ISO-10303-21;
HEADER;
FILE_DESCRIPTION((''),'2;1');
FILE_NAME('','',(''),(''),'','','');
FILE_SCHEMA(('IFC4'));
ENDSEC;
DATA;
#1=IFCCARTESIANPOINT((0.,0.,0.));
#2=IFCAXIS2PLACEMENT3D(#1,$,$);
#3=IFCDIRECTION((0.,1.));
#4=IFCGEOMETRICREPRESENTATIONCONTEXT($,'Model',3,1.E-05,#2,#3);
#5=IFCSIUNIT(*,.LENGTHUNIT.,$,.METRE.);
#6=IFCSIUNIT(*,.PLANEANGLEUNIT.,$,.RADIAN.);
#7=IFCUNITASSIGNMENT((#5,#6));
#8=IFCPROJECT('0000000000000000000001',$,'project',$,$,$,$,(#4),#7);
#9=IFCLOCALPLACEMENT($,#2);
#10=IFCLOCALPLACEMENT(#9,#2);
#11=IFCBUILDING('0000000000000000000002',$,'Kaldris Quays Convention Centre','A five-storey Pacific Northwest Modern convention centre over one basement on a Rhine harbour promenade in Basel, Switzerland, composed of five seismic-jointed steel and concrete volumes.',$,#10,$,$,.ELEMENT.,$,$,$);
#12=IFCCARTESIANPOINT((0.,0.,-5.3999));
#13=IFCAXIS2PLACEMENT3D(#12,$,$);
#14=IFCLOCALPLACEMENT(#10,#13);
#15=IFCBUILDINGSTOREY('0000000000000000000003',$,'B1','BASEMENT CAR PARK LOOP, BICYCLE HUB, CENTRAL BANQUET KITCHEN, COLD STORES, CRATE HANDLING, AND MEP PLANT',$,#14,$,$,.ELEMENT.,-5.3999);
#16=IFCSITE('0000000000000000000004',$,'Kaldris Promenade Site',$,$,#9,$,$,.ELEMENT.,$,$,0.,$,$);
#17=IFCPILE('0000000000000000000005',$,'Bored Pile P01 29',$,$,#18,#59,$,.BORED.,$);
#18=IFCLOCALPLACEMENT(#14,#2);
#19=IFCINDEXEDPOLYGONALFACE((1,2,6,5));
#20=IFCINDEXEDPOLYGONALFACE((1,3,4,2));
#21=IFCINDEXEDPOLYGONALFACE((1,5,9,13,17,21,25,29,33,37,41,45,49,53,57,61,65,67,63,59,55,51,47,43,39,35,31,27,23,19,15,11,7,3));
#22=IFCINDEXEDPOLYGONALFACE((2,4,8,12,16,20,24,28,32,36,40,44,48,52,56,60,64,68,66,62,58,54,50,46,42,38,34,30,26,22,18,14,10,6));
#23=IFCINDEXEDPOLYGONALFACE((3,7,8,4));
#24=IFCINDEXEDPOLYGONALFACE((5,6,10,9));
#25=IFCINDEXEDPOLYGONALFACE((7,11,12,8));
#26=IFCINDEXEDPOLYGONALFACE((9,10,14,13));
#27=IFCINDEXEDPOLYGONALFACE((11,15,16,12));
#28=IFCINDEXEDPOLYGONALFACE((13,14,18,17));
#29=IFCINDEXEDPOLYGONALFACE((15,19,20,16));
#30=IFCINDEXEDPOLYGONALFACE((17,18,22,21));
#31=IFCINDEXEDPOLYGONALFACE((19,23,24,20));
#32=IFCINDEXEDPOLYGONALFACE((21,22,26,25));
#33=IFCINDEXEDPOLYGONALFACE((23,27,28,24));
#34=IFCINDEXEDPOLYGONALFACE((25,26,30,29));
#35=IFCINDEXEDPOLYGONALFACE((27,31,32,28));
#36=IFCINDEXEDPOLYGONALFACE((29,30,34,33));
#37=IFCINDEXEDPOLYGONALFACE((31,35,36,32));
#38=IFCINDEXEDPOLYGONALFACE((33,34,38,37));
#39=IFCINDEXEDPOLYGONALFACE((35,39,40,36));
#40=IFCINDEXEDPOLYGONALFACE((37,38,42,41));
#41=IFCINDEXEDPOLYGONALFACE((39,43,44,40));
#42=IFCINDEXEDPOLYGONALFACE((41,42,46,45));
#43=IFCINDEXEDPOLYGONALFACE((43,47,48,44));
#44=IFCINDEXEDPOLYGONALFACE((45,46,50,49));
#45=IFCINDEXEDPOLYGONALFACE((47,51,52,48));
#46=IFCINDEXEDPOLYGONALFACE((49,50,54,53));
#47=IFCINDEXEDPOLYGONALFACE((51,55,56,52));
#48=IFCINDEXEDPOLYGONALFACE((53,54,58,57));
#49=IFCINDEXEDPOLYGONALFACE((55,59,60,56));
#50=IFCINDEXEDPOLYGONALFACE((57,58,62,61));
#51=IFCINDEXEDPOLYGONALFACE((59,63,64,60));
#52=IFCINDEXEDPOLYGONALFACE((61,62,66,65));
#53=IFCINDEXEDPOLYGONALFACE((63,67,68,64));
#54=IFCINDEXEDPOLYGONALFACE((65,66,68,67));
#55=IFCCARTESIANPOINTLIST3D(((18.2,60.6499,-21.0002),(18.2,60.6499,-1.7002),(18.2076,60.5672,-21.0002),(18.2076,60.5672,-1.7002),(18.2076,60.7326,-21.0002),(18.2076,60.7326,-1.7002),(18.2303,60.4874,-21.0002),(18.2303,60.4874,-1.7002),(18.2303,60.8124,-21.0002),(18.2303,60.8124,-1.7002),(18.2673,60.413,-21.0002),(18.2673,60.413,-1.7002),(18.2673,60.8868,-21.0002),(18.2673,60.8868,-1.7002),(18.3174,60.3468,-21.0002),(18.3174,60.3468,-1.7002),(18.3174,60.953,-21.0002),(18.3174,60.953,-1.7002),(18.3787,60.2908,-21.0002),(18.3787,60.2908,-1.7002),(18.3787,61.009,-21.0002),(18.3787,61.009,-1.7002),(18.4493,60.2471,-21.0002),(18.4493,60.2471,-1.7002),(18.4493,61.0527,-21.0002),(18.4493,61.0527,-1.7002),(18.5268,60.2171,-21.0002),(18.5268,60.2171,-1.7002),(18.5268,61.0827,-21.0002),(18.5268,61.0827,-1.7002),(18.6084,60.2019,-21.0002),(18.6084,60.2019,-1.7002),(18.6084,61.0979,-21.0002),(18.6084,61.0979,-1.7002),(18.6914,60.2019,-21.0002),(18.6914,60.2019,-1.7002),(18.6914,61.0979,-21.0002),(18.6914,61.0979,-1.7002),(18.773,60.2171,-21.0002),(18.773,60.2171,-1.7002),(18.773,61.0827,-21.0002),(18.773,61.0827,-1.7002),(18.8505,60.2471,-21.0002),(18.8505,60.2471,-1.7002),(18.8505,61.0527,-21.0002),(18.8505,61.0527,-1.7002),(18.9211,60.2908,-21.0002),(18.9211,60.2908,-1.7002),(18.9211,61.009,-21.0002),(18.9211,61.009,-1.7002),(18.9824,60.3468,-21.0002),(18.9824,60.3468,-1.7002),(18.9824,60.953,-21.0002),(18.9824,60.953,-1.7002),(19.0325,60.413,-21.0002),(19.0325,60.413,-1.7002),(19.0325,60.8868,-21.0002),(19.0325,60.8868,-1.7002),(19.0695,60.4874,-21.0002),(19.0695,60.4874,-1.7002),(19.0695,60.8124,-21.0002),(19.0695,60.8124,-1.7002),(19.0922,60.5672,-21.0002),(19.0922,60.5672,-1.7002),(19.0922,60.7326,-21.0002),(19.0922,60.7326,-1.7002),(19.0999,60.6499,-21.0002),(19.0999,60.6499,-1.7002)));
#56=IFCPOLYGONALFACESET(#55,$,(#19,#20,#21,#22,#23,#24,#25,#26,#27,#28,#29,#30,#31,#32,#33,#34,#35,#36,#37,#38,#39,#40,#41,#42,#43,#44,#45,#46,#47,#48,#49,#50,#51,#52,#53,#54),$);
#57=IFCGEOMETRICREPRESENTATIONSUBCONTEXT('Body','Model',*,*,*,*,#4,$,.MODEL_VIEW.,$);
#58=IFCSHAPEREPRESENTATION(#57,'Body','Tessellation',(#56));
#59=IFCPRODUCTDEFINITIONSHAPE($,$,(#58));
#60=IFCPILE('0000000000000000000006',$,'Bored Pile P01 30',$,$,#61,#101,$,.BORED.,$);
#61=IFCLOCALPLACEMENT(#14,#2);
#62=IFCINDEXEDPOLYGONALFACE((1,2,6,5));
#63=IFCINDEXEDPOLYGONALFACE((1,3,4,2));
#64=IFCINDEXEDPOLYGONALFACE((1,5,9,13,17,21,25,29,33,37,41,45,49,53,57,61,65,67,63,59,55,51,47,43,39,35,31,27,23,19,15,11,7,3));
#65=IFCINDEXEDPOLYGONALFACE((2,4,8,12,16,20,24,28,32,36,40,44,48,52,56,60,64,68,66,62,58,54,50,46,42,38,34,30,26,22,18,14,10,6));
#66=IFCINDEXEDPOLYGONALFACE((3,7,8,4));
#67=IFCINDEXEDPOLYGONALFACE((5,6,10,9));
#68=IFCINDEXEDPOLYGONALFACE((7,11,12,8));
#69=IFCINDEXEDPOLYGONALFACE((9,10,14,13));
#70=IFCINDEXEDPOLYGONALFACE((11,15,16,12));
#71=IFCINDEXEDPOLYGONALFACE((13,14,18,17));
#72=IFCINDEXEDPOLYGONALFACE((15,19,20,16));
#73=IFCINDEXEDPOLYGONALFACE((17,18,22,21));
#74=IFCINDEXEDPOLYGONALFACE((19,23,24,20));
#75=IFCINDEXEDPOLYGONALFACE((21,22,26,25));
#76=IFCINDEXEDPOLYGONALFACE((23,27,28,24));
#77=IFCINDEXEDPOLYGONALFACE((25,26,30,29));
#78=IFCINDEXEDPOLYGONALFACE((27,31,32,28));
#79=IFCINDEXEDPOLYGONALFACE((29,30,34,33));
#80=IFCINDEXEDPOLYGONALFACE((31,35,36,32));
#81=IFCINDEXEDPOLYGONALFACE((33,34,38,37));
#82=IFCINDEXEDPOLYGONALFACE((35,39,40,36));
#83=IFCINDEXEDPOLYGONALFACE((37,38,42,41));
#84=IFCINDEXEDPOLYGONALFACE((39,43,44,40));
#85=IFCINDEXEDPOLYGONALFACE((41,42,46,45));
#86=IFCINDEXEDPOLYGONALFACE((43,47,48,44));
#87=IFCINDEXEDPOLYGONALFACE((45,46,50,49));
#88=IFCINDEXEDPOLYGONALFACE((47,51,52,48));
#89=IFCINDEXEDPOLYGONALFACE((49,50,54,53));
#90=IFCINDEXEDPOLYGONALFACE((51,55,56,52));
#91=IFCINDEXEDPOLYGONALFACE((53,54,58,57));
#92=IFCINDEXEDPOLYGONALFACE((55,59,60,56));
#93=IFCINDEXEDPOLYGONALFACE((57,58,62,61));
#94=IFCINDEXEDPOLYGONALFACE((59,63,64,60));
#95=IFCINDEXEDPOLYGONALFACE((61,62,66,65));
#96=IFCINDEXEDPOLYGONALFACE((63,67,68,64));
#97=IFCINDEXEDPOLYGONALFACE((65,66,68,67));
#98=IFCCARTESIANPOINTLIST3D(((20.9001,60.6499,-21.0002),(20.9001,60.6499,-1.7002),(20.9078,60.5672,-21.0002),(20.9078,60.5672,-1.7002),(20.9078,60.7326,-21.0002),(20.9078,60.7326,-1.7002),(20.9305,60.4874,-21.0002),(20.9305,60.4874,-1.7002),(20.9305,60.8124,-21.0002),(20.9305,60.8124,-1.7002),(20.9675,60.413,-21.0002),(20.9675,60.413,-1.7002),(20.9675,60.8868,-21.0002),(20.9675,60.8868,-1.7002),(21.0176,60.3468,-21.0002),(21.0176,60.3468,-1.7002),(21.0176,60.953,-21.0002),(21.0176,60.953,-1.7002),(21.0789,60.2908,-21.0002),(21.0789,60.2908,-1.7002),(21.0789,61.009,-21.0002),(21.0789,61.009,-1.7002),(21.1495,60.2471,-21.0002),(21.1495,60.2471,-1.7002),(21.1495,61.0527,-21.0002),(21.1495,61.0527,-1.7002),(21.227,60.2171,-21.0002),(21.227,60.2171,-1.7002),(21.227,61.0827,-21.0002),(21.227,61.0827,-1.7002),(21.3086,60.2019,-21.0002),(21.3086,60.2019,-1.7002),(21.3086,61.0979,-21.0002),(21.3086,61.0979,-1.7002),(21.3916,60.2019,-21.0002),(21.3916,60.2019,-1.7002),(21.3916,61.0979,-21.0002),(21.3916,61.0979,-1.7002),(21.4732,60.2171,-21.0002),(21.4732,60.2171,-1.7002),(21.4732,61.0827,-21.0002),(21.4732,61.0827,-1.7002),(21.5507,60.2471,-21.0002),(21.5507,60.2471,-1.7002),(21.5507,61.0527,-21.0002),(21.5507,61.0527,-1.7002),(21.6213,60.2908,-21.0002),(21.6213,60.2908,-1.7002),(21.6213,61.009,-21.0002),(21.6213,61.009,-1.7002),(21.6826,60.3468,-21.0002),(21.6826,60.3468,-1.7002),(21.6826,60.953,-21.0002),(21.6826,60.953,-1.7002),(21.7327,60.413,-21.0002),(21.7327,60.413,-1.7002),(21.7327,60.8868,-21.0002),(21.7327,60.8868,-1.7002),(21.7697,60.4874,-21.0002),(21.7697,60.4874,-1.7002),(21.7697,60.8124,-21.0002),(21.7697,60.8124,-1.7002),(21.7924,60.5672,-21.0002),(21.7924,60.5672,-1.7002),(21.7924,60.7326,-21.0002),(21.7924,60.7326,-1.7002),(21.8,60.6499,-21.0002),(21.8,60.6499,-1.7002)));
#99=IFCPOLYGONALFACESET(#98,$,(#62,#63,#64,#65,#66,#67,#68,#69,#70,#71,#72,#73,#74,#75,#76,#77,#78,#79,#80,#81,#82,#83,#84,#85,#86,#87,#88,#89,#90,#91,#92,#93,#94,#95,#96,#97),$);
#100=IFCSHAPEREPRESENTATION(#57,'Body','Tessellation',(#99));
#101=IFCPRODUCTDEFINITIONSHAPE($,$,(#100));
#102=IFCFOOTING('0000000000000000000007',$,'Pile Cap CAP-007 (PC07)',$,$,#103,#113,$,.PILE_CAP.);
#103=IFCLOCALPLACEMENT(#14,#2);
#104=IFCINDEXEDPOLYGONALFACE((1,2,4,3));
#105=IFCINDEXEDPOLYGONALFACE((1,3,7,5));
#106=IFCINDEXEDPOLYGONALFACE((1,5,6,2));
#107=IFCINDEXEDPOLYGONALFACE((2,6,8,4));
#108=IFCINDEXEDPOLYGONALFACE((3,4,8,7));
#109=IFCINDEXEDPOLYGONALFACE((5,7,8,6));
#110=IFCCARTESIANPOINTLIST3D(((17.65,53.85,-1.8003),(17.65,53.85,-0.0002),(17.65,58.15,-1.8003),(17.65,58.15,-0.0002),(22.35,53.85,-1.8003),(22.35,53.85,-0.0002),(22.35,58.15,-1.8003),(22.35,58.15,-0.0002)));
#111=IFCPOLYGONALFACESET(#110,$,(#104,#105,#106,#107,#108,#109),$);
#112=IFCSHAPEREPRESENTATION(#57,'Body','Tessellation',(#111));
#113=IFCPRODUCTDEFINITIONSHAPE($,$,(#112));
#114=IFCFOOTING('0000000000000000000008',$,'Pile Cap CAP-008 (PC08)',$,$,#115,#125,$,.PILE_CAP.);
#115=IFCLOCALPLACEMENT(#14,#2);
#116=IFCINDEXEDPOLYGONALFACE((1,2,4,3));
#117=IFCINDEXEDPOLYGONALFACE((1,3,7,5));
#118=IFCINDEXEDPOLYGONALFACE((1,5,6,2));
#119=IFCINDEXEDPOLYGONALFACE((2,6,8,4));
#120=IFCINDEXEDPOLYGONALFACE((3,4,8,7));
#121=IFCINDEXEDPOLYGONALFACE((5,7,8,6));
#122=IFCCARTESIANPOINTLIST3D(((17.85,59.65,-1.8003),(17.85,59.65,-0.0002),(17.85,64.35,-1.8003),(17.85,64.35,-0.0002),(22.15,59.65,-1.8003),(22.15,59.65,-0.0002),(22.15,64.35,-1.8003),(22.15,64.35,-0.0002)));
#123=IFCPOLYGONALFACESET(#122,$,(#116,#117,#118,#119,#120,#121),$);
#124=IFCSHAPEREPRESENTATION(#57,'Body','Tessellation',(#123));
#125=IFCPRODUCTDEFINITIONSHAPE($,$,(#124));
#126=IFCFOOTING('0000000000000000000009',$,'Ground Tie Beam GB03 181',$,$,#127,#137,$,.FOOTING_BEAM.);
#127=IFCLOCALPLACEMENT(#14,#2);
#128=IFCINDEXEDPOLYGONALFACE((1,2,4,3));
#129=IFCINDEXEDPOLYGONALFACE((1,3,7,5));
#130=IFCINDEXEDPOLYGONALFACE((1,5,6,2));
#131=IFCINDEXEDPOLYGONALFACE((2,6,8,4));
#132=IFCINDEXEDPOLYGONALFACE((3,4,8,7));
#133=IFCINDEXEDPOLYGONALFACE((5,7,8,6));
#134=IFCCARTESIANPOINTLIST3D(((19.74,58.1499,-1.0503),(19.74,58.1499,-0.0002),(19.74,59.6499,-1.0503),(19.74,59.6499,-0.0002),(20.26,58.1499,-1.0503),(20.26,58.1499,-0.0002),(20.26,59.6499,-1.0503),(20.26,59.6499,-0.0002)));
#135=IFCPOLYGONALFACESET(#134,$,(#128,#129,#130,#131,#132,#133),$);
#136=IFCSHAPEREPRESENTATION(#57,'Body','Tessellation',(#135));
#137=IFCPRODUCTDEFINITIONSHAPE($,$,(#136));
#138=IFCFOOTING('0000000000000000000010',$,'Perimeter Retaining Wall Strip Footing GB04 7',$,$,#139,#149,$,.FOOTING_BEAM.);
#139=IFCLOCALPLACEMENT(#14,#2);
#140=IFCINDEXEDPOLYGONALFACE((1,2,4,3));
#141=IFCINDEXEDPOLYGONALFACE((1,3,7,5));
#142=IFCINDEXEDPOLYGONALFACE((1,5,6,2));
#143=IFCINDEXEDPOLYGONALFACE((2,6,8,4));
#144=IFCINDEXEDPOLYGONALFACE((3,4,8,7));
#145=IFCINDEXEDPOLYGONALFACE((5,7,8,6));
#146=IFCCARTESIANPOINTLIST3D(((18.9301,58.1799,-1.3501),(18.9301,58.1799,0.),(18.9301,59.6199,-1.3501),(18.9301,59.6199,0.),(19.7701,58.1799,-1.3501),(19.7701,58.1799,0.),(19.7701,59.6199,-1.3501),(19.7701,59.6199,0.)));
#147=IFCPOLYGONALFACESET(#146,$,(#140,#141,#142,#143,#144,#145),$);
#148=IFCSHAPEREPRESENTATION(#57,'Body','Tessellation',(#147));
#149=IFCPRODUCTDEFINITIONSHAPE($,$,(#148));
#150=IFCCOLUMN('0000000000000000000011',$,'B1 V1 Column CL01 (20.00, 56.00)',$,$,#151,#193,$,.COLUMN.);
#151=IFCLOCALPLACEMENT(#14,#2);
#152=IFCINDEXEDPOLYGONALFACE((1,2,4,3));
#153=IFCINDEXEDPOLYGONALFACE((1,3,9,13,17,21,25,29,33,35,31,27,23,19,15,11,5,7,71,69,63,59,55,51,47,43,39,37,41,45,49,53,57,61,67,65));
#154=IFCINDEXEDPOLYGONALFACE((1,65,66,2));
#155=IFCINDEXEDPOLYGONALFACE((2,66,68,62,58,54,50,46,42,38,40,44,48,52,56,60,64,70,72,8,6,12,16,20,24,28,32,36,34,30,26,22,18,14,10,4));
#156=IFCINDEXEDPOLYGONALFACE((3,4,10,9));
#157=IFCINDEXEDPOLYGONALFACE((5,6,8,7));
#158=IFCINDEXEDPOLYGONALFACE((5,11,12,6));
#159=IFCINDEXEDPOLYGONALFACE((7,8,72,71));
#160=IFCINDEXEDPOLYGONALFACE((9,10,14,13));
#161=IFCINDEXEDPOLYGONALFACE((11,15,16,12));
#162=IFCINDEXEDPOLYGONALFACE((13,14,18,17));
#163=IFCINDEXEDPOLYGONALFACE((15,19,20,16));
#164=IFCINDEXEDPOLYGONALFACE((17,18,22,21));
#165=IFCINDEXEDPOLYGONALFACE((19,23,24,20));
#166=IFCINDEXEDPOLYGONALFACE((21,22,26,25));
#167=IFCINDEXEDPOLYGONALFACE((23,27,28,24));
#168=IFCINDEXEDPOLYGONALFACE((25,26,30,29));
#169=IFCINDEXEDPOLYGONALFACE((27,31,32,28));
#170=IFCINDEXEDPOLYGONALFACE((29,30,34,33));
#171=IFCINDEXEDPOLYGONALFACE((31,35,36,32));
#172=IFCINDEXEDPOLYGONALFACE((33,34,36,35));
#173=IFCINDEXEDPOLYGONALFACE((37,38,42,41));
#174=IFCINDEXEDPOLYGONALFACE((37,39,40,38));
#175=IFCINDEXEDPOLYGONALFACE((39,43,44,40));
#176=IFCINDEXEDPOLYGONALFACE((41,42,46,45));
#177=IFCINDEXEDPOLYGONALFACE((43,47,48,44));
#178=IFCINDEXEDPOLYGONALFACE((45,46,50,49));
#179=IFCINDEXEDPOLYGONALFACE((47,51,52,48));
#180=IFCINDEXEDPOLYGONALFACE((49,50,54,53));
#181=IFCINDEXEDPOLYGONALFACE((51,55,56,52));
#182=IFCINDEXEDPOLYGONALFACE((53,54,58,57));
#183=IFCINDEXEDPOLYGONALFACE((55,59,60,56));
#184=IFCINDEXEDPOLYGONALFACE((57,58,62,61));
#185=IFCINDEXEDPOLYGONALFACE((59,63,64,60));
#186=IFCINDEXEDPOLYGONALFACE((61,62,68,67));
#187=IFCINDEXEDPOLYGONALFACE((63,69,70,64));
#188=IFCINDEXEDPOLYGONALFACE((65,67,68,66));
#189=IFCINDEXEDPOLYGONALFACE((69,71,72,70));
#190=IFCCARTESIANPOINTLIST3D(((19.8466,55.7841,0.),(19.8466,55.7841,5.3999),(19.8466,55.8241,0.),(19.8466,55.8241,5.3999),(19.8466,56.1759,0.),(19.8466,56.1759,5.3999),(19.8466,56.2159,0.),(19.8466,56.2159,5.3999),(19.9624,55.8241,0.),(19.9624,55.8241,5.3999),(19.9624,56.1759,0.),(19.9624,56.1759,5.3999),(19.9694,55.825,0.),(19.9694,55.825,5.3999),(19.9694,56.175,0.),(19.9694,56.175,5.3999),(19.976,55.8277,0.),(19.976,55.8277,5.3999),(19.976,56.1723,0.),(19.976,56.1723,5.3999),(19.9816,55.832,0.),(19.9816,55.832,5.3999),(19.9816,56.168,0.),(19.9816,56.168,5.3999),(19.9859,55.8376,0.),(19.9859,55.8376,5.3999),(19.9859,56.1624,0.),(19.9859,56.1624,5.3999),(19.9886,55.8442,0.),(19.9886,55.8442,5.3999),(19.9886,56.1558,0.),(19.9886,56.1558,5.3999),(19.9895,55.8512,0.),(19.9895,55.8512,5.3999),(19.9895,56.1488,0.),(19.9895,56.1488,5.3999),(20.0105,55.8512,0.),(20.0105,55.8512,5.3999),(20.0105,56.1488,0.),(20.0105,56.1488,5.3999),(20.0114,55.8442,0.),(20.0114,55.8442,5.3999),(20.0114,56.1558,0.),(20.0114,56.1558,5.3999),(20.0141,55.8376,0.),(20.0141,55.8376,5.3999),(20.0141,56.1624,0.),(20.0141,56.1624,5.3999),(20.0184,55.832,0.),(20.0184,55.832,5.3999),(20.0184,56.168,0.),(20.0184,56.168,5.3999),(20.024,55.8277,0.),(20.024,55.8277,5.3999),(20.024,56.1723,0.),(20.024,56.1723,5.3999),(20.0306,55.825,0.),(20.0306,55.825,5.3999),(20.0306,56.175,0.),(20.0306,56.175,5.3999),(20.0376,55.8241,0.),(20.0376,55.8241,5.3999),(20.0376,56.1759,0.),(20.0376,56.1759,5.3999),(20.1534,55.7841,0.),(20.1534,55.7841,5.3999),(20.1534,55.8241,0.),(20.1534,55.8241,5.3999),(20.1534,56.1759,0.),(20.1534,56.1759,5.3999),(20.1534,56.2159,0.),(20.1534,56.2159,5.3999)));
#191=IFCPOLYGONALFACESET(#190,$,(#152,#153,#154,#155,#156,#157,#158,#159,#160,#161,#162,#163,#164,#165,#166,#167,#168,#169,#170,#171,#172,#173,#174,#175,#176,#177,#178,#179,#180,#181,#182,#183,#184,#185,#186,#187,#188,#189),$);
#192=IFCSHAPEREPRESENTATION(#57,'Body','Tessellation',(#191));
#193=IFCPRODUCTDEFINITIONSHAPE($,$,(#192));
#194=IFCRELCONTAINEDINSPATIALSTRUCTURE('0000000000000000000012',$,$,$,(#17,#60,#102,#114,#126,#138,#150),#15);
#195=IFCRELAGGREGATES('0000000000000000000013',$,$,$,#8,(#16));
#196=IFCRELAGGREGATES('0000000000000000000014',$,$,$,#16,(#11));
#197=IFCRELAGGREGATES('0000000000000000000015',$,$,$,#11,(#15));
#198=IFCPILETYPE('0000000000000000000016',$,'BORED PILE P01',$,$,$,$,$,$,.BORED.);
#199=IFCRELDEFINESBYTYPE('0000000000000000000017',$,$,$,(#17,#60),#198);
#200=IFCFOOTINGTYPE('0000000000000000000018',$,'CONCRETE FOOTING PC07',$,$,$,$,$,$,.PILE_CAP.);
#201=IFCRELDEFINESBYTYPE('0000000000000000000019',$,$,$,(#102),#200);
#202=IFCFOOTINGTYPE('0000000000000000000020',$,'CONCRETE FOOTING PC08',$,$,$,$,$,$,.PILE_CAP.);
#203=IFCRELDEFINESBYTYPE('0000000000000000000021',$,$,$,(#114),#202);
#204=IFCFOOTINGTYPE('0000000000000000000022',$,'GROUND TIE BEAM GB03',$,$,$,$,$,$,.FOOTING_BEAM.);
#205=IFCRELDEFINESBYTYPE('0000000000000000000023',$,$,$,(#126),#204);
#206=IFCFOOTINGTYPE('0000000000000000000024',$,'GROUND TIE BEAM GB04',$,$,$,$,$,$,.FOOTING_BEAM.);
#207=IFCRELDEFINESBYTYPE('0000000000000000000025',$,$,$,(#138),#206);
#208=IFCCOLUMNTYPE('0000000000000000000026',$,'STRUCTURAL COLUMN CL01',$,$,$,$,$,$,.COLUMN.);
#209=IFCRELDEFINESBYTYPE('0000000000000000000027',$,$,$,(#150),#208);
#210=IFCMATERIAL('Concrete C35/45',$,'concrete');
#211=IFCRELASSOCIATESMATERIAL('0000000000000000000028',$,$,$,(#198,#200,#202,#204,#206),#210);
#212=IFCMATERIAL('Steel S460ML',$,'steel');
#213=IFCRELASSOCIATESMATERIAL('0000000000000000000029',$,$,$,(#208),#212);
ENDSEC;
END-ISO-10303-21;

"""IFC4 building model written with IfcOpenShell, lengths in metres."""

from ifc_helpers import new_model, si_unit, direction, frame, origin, origin_2d, place, context, subcontext, project, spatial, rectangle, circle, i_section, extrude, material, material_profile, profile_set, type_object, element, save


model = new_model("IFC4")

# Units and contexts
model_context = context("Model", 3, precision=1e-05, world=origin(), true_north=direction((0.0, 1.0)))
body_context = subcontext(model_context, "Body", "Model", "MODEL_VIEW")
ifc_project = project(units=[si_unit("LENGTHUNIT", "METRE"), si_unit("PLANEANGLEUNIT", "RADIAN")], contexts=[model_context])

# Site, building, storey
site_placement = place(None, origin())
site = spatial("IfcSite", under=ifc_project, at=site_placement, Name="Kaldris Promenade Site", CompositionType="ELEMENT", RefElevation=0.0)
building_placement = place(site_placement, origin())
building = spatial("IfcBuilding", under=site, at=building_placement, Name="Kaldris Quays Convention Centre", Description="A five-storey Pacific Northwest Modern convention centre over one basement on a Rhine harbour promenade in Basel, Switzerland, composed of five seismic-jointed steel and concrete volumes.", CompositionType="ELEMENT")
storey_placement = place(building_placement, frame((0.0, 0.0, -5.3999)))
storey = spatial("IfcBuildingStorey", under=building, at=storey_placement, Name="B1", Description="BASEMENT CAR PARK LOOP, BICYCLE HUB, CENTRAL BANQUET KITCHEN, COLD STORES, CRATE HANDLING, AND MEP PLANT", CompositionType="ELEMENT", Elevation=-5.3999)

# Piles
ifc_material_1 = material(Name="Concrete C35/45", Category="concrete")
ifc_material_profile_1 = material_profile(ifc_material_1, circle(Radius=0.45, at=origin_2d()), Name="BORED PILE D900")
ifc_profile_set_1 = profile_set([ifc_material_profile_1], Name="Concrete C35/45")
pile_type = type_object("IfcPileType", Name="BORED PILE P01", PredefinedType="BORED", material=ifc_profile_set_1)
for number, where, z_axis, x_axis, name in (
    (1, (18.6499, 60.6499, -1.7002), (0.0, 0.0, -1.0), (1.0, 0.0, 0.0), "Bored Pile P01 29"),
    (2, (21.3501, 60.6499, -1.7002), (0.0, 0.0, -1.0), (1.0, 0.0, 0.0), "Bored Pile P01 30"),
):
    element("IfcPile", number, at=place(storey_placement, frame(where, z_axis=z_axis, x_axis=x_axis)), inside=storey, type_object=pile_type, Name=name, PredefinedType="BORED", context=body_context, shape_type="SweptSolid", body=[
        extrude(circle(Radius=0.45, at=origin_2d()), origin(), (0.0, 0.0, 1.0), 19.3),
    ])

# Footings
footing_type_1 = type_object("IfcFootingType", Name="CONCRETE FOOTING PC07", PredefinedType="PILE_CAP", material=ifc_material_1)
footing_1_placement = place(storey_placement, frame((20.0, 56.0, -1.8003), z_axis=(0.0, 0.0, 1.0), x_axis=(1.0, 0.0, 0.0)))
element("IfcFooting", 3, at=footing_1_placement, inside=storey, type_object=footing_type_1, Name="Pile Cap CAP-007 (PC07)", PredefinedType="PILE_CAP", context=body_context, shape_type="SweptSolid", body=[
    extrude(rectangle(XDim=4.7, YDim=4.3, at=origin_2d()), origin(), (0.0, 0.0, 1.0), 1.8),
])
footing_type_2 = type_object("IfcFootingType", Name="CONCRETE FOOTING PC08", PredefinedType="PILE_CAP", material=ifc_material_1)
footing_2_placement = place(storey_placement, frame((20.0, 62.0, -1.8003), z_axis=(0.0, 0.0, 1.0), x_axis=(1.0, 0.0, 0.0)))
element("IfcFooting", 4, at=footing_2_placement, inside=storey, type_object=footing_type_2, Name="Pile Cap CAP-008 (PC08)", PredefinedType="PILE_CAP", context=body_context, shape_type="SweptSolid", body=[
    extrude(rectangle(XDim=4.3, YDim=4.7, at=origin_2d()), origin(), (0.0, 0.0, 1.0), 1.8),
])
footing_type_3 = type_object("IfcFootingType", Name="GROUND TIE BEAM GB03", PredefinedType="FOOTING_BEAM", material=ifc_material_1)
footing_3_placement = place(storey_placement, frame((20.0, 58.8999, -1.0503), z_axis=(0.0, 0.0, 1.0), x_axis=(1.0, 0.0, 0.0)))
element("IfcFooting", 5, at=footing_3_placement, inside=storey, type_object=footing_type_3, Name="Ground Tie Beam GB03 181", PredefinedType="FOOTING_BEAM", context=body_context, shape_type="SweptSolid", body=[
    extrude(rectangle(XDim=0.52, YDim=1.5, at=origin_2d()), origin(), (0.0, 0.0, 1.0), 1.05),
])
footing_type_4 = type_object("IfcFootingType", Name="GROUND TIE BEAM GB04", PredefinedType="FOOTING_BEAM", material=ifc_material_1)
footing_4_placement = place(storey_placement, frame((19.3501, 58.8999, -1.3501), z_axis=(0.0, 0.0, 1.0), x_axis=(1.0, 0.0, 0.0)))
element("IfcFooting", 6, at=footing_4_placement, inside=storey, type_object=footing_type_4, Name="Perimeter Retaining Wall Strip Footing GB04 7", PredefinedType="FOOTING_BEAM", context=body_context, shape_type="SweptSolid", body=[
    extrude(rectangle(XDim=0.8401, YDim=1.4399, at=origin_2d()), origin(), (0.0, 0.0, 1.0), 1.3501),
])

# Column
ifc_material_2 = material(Name="Steel S460ML", Category="steel")
ifc_material_profile_2 = material_profile(ifc_material_2, i_section(OverallWidth=0.3069, OverallDepth=0.4319, WebThickness=0.021, FlangeThickness=0.04, FilletRadius=0.0271, at=origin_2d()), Name="HEM 400")
ifc_profile_set_2 = profile_set([ifc_material_profile_2], Name="Steel S460ML")
column_type = type_object("IfcColumnType", Name="STRUCTURAL COLUMN CL01", PredefinedType="COLUMN", material=ifc_profile_set_2)
column_placement = place(storey_placement, frame((20.0, 56.0, 0.0), z_axis=(0.0, 0.0, 1.0), x_axis=(1.0, 0.0, 0.0)))
element("IfcColumn", 7, at=column_placement, inside=storey, type_object=column_type, Name="B1 V1 Column CL01 (20.00, 56.00)", PredefinedType="COLUMN", context=body_context, shape_type="SweptSolid", body=[
    extrude(i_section(OverallWidth=0.3069, OverallDepth=0.4319, WebThickness=0.021, FlangeThickness=0.04, FilletRadius=0.0271, at=origin_2d()), origin(), (0.0, 0.0, 1.0), 5.3999),
])

save(model, "model.ifc")
